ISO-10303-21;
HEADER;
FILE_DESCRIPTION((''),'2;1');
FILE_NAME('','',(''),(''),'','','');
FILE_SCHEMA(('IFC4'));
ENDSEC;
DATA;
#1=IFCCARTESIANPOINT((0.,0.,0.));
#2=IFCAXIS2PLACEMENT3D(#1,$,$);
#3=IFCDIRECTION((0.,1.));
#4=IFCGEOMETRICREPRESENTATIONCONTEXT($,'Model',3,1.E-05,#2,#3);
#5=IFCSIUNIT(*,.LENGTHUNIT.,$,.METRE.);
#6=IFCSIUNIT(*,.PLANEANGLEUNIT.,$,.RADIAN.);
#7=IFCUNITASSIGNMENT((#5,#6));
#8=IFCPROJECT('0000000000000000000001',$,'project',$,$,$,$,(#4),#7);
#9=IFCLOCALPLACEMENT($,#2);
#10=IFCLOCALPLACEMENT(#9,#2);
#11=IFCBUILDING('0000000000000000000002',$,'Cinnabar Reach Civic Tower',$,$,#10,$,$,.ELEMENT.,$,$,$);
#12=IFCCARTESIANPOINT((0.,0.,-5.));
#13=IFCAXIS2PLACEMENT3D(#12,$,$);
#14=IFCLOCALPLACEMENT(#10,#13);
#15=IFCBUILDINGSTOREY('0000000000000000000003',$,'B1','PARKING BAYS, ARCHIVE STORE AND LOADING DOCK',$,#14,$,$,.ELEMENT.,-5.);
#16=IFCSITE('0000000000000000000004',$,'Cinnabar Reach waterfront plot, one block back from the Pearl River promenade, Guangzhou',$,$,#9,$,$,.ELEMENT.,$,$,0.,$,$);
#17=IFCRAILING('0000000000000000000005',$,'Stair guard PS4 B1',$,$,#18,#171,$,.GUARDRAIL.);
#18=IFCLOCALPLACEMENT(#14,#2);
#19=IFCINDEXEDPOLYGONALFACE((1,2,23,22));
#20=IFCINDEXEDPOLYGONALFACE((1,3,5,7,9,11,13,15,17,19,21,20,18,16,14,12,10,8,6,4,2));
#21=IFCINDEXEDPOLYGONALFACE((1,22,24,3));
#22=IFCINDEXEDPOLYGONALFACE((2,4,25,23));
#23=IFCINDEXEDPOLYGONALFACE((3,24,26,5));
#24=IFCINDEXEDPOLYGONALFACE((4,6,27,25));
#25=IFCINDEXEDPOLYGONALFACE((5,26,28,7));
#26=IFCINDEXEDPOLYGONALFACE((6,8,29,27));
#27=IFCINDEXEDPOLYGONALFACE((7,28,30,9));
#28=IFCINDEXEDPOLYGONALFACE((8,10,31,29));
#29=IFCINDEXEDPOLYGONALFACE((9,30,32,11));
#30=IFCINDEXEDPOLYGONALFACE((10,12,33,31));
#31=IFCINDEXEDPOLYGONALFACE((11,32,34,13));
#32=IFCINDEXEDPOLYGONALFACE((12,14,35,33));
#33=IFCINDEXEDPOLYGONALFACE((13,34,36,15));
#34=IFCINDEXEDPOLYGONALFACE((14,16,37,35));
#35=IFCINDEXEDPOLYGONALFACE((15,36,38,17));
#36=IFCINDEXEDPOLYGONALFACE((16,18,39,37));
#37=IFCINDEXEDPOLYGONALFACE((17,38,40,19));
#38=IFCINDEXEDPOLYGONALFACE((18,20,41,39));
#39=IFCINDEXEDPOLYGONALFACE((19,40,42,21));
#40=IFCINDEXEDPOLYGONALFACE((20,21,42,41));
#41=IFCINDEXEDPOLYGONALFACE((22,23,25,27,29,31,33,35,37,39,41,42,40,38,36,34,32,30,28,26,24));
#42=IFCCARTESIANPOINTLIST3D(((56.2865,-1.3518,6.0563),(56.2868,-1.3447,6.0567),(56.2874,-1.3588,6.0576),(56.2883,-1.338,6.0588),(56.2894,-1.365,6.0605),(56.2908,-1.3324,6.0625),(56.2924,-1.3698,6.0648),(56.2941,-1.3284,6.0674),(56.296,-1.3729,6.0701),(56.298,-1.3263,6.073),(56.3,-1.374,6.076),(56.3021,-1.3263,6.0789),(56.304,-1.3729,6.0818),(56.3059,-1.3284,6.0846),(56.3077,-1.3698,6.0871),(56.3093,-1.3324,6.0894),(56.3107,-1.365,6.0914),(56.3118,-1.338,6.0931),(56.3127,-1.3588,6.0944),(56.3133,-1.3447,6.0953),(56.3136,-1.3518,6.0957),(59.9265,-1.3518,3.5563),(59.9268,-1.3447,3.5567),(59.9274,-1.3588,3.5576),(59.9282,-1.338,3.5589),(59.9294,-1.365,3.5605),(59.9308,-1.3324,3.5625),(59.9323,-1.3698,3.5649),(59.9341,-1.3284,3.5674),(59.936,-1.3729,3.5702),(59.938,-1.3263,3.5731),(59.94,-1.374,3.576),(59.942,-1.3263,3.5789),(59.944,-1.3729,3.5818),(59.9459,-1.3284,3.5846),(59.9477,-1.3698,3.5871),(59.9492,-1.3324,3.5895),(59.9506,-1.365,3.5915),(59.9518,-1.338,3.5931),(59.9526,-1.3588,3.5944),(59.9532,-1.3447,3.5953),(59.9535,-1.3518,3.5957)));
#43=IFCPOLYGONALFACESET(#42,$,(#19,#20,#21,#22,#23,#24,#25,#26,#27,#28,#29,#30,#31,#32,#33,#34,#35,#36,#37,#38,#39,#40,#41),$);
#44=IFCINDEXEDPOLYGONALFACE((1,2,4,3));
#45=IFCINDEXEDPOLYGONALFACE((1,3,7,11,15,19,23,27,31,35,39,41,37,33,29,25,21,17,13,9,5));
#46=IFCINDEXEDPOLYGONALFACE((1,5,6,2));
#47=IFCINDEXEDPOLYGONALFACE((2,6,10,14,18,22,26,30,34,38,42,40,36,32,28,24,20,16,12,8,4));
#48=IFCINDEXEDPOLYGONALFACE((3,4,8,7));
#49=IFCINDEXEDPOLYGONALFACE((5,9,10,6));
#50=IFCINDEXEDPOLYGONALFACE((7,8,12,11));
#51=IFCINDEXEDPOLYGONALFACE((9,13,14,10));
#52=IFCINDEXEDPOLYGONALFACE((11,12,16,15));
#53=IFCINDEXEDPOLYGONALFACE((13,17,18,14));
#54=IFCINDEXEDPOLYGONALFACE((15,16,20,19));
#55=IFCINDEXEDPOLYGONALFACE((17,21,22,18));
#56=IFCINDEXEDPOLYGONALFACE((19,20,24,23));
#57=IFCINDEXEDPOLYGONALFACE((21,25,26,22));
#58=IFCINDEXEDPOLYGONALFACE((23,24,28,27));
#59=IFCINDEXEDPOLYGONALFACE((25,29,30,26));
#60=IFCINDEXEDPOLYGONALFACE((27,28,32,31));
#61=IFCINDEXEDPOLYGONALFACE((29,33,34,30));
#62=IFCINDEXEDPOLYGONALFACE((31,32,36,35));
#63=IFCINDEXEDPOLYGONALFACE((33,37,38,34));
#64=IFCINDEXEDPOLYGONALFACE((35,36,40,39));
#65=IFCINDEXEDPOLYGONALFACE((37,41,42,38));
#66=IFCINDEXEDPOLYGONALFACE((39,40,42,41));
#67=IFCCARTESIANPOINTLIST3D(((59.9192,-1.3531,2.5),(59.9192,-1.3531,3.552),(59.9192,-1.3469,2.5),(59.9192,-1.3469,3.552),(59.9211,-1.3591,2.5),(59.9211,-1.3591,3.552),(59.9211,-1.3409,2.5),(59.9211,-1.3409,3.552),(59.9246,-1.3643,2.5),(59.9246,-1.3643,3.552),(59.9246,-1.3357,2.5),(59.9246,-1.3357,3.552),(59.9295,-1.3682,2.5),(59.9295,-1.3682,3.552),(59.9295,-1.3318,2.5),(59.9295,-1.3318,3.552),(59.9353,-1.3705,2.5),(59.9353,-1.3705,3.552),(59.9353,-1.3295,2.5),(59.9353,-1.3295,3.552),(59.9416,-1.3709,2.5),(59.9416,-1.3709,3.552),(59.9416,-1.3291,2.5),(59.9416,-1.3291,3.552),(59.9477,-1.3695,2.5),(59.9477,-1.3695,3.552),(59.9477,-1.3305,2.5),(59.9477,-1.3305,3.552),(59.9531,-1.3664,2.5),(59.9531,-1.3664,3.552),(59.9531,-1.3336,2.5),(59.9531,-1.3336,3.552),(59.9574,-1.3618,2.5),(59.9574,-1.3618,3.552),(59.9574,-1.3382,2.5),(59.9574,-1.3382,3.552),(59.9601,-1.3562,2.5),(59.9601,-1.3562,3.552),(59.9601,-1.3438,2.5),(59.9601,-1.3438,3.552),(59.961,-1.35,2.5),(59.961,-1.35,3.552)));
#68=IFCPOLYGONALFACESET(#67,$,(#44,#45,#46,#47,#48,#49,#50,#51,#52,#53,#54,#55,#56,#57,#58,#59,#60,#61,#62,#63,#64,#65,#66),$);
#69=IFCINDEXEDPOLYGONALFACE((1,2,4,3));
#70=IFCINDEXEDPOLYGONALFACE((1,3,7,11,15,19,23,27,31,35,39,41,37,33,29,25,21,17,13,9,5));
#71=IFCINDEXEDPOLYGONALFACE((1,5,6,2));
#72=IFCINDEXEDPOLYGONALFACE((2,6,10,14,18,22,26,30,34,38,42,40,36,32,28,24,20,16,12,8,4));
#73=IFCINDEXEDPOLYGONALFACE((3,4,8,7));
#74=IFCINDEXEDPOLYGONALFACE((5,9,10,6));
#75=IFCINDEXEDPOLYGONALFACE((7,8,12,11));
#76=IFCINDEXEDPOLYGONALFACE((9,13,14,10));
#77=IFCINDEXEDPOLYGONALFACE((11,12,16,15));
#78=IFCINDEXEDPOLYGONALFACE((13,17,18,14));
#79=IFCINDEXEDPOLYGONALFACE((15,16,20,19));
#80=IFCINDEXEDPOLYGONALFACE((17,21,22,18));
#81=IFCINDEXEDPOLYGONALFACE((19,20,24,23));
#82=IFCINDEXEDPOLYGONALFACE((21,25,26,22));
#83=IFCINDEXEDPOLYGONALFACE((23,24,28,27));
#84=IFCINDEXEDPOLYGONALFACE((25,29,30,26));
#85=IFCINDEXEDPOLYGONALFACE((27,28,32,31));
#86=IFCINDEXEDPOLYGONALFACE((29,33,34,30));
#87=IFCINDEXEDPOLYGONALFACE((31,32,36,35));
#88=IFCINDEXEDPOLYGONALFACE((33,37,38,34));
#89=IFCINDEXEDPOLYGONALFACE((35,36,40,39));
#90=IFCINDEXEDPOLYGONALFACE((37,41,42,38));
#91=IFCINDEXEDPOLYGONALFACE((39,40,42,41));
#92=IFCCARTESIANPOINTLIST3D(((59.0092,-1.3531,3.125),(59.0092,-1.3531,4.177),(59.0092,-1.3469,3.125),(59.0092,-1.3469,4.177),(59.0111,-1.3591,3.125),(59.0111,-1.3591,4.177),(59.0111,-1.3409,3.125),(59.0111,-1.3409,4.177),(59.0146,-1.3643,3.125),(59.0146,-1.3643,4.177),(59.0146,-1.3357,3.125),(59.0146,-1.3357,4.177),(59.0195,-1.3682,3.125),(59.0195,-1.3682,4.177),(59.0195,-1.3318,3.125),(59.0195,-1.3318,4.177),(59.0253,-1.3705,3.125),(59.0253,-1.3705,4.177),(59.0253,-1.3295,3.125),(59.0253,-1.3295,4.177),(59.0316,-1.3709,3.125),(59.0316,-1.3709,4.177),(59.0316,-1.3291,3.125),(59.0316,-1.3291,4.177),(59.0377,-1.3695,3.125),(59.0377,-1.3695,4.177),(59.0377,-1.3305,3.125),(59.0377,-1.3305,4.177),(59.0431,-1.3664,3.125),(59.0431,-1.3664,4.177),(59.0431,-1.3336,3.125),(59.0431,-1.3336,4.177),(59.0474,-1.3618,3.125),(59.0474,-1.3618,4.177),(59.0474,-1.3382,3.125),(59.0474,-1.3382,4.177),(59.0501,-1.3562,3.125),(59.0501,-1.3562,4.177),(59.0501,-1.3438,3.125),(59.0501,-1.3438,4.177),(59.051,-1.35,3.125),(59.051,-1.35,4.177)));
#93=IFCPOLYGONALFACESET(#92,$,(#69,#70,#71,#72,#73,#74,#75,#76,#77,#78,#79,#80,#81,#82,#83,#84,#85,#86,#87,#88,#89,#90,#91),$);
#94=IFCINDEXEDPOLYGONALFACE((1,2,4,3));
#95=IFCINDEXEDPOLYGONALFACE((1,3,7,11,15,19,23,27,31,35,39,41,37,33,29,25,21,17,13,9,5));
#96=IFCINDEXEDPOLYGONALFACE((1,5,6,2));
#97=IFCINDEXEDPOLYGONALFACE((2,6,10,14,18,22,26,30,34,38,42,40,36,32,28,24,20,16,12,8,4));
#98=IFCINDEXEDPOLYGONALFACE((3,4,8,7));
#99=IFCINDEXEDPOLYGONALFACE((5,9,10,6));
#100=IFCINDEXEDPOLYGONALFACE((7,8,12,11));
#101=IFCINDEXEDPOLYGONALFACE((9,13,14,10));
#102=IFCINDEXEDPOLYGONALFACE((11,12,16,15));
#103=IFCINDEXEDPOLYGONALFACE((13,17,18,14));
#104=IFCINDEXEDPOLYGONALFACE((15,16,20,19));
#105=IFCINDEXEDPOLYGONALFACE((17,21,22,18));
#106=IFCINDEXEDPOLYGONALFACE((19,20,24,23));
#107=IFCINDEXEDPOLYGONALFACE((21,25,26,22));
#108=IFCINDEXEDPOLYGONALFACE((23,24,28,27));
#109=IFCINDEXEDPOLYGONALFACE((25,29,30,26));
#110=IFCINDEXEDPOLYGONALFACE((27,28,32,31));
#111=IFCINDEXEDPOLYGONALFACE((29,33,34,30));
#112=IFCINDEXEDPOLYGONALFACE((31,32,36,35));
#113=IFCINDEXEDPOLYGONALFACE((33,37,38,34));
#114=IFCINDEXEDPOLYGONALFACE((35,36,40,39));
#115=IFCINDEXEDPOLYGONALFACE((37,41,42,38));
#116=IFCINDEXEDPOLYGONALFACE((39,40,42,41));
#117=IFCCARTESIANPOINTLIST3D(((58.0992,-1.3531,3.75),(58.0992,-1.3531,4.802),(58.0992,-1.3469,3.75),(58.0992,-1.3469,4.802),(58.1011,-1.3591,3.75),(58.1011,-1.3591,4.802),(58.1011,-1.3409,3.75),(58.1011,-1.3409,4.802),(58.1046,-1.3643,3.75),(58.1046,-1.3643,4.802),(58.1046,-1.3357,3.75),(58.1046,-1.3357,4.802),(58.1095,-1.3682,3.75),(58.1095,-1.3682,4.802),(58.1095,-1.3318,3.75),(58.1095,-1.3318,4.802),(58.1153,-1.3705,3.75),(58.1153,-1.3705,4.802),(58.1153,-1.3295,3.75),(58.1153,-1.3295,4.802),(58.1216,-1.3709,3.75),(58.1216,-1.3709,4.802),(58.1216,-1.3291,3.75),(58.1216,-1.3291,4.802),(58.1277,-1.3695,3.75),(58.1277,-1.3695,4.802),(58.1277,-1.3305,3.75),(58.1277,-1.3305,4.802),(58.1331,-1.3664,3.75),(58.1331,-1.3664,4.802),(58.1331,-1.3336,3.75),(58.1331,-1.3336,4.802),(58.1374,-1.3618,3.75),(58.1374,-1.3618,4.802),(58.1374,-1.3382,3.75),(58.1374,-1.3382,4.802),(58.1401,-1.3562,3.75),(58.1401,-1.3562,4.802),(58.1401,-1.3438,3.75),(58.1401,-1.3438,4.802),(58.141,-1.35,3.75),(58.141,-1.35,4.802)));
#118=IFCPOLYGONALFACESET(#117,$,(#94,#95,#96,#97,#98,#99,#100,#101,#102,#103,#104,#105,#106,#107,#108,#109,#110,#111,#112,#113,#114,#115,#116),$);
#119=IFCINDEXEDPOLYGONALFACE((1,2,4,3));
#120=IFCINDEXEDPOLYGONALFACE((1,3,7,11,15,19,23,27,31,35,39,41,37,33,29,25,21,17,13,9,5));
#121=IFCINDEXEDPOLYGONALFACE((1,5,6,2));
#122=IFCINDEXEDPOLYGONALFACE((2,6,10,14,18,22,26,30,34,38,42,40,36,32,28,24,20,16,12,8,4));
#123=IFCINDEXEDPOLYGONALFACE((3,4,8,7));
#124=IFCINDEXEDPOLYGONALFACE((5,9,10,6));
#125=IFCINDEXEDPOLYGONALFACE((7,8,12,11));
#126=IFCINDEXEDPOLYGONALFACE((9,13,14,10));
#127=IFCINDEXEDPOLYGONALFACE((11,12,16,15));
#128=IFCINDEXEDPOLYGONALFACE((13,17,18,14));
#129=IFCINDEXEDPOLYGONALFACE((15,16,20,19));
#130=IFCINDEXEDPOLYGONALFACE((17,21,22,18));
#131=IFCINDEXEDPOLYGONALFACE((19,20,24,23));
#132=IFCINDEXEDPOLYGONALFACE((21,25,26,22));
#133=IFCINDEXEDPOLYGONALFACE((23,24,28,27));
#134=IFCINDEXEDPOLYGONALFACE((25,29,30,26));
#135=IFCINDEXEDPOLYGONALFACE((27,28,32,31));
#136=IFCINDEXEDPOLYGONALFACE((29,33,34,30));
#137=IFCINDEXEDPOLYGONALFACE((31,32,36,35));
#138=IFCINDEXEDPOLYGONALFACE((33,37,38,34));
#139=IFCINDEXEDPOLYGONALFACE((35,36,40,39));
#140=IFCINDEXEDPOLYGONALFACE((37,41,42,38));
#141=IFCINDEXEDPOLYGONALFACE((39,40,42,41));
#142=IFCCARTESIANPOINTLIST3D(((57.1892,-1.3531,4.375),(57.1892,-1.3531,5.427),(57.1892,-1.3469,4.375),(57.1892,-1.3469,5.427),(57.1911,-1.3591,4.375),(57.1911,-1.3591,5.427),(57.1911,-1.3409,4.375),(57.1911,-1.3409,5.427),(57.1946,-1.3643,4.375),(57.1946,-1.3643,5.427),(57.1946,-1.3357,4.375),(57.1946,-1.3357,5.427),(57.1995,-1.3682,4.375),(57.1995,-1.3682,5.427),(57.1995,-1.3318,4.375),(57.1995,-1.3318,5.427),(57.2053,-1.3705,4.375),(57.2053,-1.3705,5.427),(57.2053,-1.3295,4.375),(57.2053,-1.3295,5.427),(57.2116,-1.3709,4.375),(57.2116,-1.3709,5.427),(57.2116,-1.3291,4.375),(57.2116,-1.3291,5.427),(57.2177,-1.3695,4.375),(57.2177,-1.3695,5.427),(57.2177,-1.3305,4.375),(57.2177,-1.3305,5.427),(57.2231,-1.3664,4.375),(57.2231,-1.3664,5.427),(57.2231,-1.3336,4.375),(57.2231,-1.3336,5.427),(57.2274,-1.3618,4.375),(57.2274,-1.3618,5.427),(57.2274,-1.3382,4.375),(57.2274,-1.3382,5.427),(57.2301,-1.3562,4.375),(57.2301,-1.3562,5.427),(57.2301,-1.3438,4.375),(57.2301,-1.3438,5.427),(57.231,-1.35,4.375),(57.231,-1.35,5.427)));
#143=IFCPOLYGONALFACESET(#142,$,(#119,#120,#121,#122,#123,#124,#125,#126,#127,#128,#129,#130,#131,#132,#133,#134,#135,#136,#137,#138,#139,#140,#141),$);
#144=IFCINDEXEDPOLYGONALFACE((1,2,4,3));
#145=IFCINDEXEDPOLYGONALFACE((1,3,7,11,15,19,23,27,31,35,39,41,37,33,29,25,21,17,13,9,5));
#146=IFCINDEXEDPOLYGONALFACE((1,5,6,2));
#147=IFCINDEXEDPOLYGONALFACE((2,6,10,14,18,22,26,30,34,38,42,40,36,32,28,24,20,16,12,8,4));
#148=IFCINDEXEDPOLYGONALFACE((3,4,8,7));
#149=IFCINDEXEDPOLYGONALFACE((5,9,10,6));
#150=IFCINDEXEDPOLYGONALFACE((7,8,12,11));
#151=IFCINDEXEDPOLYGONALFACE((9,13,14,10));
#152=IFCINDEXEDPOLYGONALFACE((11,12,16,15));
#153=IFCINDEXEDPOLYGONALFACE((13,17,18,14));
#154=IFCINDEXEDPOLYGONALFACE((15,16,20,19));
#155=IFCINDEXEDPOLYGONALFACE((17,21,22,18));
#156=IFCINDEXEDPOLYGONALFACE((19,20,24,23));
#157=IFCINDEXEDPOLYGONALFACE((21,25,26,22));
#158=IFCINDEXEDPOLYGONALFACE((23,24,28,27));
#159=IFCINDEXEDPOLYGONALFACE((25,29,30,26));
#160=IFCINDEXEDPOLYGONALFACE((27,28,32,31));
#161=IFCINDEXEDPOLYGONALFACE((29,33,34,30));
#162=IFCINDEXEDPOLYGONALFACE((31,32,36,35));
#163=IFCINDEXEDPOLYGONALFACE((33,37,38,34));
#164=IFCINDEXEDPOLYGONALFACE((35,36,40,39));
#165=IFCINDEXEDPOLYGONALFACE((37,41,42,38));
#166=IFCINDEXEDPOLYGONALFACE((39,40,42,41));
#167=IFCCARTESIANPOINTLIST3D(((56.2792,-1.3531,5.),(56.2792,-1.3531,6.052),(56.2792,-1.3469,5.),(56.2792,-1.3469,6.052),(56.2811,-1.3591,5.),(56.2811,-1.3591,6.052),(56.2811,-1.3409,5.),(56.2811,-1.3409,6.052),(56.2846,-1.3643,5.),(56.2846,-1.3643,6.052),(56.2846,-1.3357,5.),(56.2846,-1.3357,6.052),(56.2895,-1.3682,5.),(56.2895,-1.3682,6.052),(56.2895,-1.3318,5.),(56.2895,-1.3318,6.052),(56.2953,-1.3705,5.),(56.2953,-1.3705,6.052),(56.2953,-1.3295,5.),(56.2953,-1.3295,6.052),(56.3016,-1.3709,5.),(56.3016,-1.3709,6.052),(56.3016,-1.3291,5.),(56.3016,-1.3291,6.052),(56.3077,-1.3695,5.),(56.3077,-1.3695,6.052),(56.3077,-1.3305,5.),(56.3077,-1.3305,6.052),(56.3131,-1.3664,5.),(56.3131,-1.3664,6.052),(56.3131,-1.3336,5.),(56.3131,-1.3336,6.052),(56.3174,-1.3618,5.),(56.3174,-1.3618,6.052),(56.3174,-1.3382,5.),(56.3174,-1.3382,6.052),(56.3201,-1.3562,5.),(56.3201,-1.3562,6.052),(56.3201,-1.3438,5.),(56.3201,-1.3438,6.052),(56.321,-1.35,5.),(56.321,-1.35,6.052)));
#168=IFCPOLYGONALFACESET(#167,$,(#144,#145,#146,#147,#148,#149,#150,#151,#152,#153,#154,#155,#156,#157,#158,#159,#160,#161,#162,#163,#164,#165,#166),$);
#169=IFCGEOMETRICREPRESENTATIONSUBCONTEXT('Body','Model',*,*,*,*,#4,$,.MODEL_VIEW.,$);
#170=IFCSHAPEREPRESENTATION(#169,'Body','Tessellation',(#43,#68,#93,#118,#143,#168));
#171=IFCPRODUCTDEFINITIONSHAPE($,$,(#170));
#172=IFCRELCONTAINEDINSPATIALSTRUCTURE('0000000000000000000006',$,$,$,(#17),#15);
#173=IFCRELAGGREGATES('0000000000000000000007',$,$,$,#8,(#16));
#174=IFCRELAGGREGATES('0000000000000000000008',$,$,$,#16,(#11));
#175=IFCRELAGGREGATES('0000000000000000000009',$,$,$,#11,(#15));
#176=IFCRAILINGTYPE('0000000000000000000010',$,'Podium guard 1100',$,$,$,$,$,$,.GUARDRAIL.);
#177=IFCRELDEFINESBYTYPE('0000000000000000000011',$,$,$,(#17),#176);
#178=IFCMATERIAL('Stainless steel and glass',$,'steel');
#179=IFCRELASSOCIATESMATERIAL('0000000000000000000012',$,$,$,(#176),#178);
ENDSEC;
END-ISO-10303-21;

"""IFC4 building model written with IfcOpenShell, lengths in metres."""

from ifc_helpers import new_model, si_unit, direction, frame, origin, origin_2d, place, context, subcontext, project, spatial, circle, extrude, material, type_object, element, save


model = new_model("IFC4")

# Units and contexts
model_context = context("Model", 3, precision=1e-05, world=origin(), true_north=direction((0.0, 1.0)))
body_context = subcontext(model_context, "Body", "Model", "MODEL_VIEW")
ifc_project = project(units=[si_unit("LENGTHUNIT", "METRE"), si_unit("PLANEANGLEUNIT", "RADIAN")], contexts=[model_context])

# Site, building, storey
site_placement = place(None, origin())
site = spatial("IfcSite", under=ifc_project, at=site_placement, Name="Cinnabar Reach waterfront plot, one block back from the Pearl River promenade, Guangzhou", CompositionType="ELEMENT", RefElevation=0.0)
building_placement = place(site_placement, origin())
building = spatial("IfcBuilding", under=site, at=building_placement, Name="Cinnabar Reach Civic Tower", CompositionType="ELEMENT")
storey_placement = place(building_placement, frame((0.0, 0.0, -5.0)))
storey = spatial("IfcBuildingStorey", under=building, at=storey_placement, Name="B1", Description="PARKING BAYS, ARCHIVE STORE AND LOADING DOCK", CompositionType="ELEMENT", Elevation=-5.0)

# Railing
ifc_material_1 = material(Name="Stainless steel and glass", Category="steel")
railing_type_1 = type_object("IfcRailingType", Name="Podium guard 1100", PredefinedType="GUARDRAIL", material=ifc_material_1)
railing_1_placement = place(storey_placement, frame((59.94, -1.35, 2.5)))
element("IfcRailing", 1, at=railing_1_placement, inside=storey, type_object=railing_type_1, Name="Stair guard PS4 B1", PredefinedType="GUARDRAIL", context=body_context, shape_type="SweptSolid", body=[
    extrude(circle(Radius=0.024, at=origin_2d()), frame((0.0, 0.0, 1.076), z_axis=(-0.824306, 0.0, 0.566144), x_axis=(0.0, -1.0, 0.0)), (0.0, 0.0, 1.0), 4.4158),
    extrude(circle(Radius=0.021, at=origin_2d()), origin(), (0.0, 0.0, 1.0), 1.052),
    extrude(circle(Radius=0.021, at=origin_2d()), frame((-0.91, 0.0, 0.625)), (0.0, 0.0, 1.0), 1.052),
    extrude(circle(Radius=0.021, at=origin_2d()), frame((-1.82, 0.0, 1.25)), (0.0, 0.0, 1.0), 1.052),
    extrude(circle(Radius=0.021, at=origin_2d()), frame((-2.73, 0.0, 1.875)), (0.0, 0.0, 1.0), 1.052),
    extrude(circle(Radius=0.021, at=origin_2d()), frame((-3.64, 0.0, 2.5)), (0.0, 0.0, 1.0), 1.052),
])

save(model, "model.ifc")
